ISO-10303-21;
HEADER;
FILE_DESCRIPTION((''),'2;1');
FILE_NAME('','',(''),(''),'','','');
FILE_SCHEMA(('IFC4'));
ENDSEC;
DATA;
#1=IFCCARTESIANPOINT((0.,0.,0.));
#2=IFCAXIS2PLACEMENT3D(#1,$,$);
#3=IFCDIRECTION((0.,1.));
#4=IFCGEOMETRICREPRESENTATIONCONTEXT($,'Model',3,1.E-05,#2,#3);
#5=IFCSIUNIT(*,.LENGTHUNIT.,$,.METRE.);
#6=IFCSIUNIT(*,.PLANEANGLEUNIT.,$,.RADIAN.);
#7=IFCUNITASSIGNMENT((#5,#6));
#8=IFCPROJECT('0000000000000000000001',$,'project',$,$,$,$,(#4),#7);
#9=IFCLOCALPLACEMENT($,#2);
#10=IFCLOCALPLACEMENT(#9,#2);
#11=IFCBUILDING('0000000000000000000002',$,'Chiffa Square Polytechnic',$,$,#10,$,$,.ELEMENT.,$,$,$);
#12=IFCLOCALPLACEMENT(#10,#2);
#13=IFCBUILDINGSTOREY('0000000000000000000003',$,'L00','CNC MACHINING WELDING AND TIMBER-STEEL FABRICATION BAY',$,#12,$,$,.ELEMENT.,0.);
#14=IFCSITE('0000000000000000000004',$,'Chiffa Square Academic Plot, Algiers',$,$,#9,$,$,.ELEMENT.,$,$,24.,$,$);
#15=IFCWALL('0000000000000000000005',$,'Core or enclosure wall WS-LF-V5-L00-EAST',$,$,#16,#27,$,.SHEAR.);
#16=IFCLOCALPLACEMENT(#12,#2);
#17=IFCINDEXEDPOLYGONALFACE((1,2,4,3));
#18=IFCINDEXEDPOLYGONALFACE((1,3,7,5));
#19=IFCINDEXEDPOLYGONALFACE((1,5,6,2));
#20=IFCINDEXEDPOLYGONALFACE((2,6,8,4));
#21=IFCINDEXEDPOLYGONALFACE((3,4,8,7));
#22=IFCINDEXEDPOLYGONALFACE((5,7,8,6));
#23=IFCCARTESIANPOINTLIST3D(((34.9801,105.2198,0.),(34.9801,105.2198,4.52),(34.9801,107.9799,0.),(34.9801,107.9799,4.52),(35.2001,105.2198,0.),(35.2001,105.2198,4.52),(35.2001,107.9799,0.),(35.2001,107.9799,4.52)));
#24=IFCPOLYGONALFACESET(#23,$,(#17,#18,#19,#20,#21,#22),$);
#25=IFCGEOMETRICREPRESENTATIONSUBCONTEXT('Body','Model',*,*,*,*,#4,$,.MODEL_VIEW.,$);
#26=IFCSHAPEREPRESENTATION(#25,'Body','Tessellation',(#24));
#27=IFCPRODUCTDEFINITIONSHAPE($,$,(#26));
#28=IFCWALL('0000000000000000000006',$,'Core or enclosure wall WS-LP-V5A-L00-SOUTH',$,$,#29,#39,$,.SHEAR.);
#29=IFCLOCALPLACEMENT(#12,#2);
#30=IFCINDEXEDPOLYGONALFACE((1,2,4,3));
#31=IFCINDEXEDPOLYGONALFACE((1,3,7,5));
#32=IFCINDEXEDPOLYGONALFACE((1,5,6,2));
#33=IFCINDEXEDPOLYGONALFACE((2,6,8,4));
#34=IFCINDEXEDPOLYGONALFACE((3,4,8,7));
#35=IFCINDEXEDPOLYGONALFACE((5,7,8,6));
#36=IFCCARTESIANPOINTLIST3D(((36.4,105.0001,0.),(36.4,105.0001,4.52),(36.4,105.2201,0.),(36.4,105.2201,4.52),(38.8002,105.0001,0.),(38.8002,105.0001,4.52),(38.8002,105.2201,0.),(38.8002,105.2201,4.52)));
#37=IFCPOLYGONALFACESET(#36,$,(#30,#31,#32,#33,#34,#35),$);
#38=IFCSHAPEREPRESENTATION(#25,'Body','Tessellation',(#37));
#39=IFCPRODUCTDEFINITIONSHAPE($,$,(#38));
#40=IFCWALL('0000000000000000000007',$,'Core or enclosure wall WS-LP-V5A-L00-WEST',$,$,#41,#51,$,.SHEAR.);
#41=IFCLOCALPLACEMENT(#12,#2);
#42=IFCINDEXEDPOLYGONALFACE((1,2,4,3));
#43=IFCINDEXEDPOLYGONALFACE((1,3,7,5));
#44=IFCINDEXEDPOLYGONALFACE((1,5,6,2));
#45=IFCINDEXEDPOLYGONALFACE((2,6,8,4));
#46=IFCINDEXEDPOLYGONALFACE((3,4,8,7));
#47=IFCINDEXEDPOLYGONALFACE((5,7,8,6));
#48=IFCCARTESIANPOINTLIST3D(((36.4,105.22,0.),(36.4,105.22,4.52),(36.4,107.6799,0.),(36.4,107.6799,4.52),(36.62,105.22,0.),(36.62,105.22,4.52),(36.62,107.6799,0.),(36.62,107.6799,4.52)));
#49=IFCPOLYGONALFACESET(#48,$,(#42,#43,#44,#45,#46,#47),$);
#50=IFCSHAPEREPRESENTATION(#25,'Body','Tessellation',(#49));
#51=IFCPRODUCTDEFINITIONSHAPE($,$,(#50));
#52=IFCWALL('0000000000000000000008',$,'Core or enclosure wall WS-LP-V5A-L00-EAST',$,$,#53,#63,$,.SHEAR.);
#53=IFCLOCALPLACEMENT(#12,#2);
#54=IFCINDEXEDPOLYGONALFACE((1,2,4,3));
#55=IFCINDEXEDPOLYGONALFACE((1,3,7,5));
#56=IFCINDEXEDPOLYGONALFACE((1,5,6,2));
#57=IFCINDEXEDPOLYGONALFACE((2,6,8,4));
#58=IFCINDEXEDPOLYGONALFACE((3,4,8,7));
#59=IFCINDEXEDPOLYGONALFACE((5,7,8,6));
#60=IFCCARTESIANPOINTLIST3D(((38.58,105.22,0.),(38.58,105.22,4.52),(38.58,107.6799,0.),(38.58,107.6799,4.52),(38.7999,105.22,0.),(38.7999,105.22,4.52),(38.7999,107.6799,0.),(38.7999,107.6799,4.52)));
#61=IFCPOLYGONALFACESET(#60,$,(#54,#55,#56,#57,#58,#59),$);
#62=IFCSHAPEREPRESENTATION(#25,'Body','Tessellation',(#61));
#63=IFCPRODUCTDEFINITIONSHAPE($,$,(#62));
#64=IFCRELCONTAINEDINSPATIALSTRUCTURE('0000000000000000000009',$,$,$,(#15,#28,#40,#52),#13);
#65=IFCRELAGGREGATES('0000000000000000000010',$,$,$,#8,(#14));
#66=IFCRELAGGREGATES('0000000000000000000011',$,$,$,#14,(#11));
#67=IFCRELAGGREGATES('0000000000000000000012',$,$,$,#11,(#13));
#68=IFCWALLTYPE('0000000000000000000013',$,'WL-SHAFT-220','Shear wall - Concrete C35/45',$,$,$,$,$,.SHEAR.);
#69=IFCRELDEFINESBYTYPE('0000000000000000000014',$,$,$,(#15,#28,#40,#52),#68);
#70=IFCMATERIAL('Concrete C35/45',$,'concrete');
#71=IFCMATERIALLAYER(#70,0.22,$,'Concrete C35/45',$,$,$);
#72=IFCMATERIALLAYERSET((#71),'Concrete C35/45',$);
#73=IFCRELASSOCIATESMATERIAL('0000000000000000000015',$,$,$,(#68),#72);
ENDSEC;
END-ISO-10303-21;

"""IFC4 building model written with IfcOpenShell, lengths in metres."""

from ifc_helpers import new_model, si_unit, direction, frame, frame_2d, origin, place, context, subcontext, project, spatial, rectangle, extrude, material, layer, layer_set, type_object, element, save


model = new_model("IFC4")

# Units and contexts
model_context = context("Model", 3, precision=1e-05, world=origin(), true_north=direction((0.0, 1.0)))
body_context = subcontext(model_context, "Body", "Model", "MODEL_VIEW")
ifc_project = project(units=[si_unit("LENGTHUNIT", "METRE"), si_unit("PLANEANGLEUNIT", "RADIAN")], contexts=[model_context])

# Site, building, storey
site_placement = place(None, origin())
site = spatial("IfcSite", under=ifc_project, at=site_placement, Name="Chiffa Square Academic Plot, Algiers", CompositionType="ELEMENT", RefElevation=24.0)
building_placement = place(site_placement, origin())
building = spatial("IfcBuilding", under=site, at=building_placement, Name="Chiffa Square Polytechnic", CompositionType="ELEMENT")
storey_placement = place(building_placement, origin())
storey = spatial("IfcBuildingStorey", under=building, at=storey_placement, Name="L00", Description="CNC MACHINING WELDING AND TIMBER-STEEL FABRICATION BAY", CompositionType="ELEMENT", Elevation=0.0)

# Shared definitions
ifc_material_1 = material(Name="Concrete C35/45", Category="concrete")

# Walls
ifc_layer_1 = layer(ifc_material_1, 0.22, Name="Concrete C35/45")
ifc_layer_set_1 = layer_set([ifc_layer_1], Name="Concrete C35/45")
wall_type_1 = type_object("IfcWallType", Name="WL-SHAFT-220", Description="Shear wall - Concrete C35/45", PredefinedType="SHEAR", material=ifc_layer_set_1)
for number, where, z_axis, x_axis, name in (
    (1, (35.0901, 105.22, 0.0), (0.0, 0.0, 1.0), (0.0, 1.0, 0.0), "Core or enclosure wall WS-LF-V5-L00-EAST"),
):
    element("IfcWall", number, at=place(storey_placement, frame(where, z_axis=z_axis, x_axis=x_axis)), inside=storey, type_object=wall_type_1, Name=name, PredefinedType="SHEAR", context=body_context, shape_type="SweptSolid", body=[
        extrude(rectangle(XDim=2.76, YDim=0.22, at=frame_2d((1.3799, 0.0))), origin(), (0.0, 0.0, 1.0), 4.52),
    ])
wall_1_placement = place(storey_placement, frame((36.3999, 105.1101, 0.0), z_axis=(0.0, 0.0, 1.0), x_axis=(1.0, 0.0, 0.0)))
element("IfcWall", 2, at=wall_1_placement, inside=storey, type_object=wall_type_1, Name="Core or enclosure wall WS-LP-V5A-L00-SOUTH", PredefinedType="SHEAR", context=body_context, shape_type="SweptSolid", body=[
    extrude(rectangle(XDim=2.4001, YDim=0.22, at=frame_2d((1.2002, 0.0))), origin(), (0.0, 0.0, 1.0), 4.52),
])

# Walls
for number, where, z_axis, x_axis, name in (
    (3, (36.51, 105.22, 0.0), (0.0, 0.0, 1.0), (0.0, 1.0, 0.0), "Core or enclosure wall WS-LP-V5A-L00-WEST"),
    (4, (38.6899, 105.22, 0.0), (0.0, 0.0, 1.0), (0.0, 1.0, 0.0), "Core or enclosure wall WS-LP-V5A-L00-EAST"),
):
    element("IfcWall", number, at=place(storey_placement, frame(where, z_axis=z_axis, x_axis=x_axis)), inside=storey, type_object=wall_type_1, Name=name, PredefinedType="SHEAR", context=body_context, shape_type="SweptSolid", body=[
        extrude(rectangle(XDim=2.46, YDim=0.22, at=frame_2d((1.23, 0.0))), origin(), (0.0, 0.0, 1.0), 4.52),
    ])

save(model, "model.ifc")
